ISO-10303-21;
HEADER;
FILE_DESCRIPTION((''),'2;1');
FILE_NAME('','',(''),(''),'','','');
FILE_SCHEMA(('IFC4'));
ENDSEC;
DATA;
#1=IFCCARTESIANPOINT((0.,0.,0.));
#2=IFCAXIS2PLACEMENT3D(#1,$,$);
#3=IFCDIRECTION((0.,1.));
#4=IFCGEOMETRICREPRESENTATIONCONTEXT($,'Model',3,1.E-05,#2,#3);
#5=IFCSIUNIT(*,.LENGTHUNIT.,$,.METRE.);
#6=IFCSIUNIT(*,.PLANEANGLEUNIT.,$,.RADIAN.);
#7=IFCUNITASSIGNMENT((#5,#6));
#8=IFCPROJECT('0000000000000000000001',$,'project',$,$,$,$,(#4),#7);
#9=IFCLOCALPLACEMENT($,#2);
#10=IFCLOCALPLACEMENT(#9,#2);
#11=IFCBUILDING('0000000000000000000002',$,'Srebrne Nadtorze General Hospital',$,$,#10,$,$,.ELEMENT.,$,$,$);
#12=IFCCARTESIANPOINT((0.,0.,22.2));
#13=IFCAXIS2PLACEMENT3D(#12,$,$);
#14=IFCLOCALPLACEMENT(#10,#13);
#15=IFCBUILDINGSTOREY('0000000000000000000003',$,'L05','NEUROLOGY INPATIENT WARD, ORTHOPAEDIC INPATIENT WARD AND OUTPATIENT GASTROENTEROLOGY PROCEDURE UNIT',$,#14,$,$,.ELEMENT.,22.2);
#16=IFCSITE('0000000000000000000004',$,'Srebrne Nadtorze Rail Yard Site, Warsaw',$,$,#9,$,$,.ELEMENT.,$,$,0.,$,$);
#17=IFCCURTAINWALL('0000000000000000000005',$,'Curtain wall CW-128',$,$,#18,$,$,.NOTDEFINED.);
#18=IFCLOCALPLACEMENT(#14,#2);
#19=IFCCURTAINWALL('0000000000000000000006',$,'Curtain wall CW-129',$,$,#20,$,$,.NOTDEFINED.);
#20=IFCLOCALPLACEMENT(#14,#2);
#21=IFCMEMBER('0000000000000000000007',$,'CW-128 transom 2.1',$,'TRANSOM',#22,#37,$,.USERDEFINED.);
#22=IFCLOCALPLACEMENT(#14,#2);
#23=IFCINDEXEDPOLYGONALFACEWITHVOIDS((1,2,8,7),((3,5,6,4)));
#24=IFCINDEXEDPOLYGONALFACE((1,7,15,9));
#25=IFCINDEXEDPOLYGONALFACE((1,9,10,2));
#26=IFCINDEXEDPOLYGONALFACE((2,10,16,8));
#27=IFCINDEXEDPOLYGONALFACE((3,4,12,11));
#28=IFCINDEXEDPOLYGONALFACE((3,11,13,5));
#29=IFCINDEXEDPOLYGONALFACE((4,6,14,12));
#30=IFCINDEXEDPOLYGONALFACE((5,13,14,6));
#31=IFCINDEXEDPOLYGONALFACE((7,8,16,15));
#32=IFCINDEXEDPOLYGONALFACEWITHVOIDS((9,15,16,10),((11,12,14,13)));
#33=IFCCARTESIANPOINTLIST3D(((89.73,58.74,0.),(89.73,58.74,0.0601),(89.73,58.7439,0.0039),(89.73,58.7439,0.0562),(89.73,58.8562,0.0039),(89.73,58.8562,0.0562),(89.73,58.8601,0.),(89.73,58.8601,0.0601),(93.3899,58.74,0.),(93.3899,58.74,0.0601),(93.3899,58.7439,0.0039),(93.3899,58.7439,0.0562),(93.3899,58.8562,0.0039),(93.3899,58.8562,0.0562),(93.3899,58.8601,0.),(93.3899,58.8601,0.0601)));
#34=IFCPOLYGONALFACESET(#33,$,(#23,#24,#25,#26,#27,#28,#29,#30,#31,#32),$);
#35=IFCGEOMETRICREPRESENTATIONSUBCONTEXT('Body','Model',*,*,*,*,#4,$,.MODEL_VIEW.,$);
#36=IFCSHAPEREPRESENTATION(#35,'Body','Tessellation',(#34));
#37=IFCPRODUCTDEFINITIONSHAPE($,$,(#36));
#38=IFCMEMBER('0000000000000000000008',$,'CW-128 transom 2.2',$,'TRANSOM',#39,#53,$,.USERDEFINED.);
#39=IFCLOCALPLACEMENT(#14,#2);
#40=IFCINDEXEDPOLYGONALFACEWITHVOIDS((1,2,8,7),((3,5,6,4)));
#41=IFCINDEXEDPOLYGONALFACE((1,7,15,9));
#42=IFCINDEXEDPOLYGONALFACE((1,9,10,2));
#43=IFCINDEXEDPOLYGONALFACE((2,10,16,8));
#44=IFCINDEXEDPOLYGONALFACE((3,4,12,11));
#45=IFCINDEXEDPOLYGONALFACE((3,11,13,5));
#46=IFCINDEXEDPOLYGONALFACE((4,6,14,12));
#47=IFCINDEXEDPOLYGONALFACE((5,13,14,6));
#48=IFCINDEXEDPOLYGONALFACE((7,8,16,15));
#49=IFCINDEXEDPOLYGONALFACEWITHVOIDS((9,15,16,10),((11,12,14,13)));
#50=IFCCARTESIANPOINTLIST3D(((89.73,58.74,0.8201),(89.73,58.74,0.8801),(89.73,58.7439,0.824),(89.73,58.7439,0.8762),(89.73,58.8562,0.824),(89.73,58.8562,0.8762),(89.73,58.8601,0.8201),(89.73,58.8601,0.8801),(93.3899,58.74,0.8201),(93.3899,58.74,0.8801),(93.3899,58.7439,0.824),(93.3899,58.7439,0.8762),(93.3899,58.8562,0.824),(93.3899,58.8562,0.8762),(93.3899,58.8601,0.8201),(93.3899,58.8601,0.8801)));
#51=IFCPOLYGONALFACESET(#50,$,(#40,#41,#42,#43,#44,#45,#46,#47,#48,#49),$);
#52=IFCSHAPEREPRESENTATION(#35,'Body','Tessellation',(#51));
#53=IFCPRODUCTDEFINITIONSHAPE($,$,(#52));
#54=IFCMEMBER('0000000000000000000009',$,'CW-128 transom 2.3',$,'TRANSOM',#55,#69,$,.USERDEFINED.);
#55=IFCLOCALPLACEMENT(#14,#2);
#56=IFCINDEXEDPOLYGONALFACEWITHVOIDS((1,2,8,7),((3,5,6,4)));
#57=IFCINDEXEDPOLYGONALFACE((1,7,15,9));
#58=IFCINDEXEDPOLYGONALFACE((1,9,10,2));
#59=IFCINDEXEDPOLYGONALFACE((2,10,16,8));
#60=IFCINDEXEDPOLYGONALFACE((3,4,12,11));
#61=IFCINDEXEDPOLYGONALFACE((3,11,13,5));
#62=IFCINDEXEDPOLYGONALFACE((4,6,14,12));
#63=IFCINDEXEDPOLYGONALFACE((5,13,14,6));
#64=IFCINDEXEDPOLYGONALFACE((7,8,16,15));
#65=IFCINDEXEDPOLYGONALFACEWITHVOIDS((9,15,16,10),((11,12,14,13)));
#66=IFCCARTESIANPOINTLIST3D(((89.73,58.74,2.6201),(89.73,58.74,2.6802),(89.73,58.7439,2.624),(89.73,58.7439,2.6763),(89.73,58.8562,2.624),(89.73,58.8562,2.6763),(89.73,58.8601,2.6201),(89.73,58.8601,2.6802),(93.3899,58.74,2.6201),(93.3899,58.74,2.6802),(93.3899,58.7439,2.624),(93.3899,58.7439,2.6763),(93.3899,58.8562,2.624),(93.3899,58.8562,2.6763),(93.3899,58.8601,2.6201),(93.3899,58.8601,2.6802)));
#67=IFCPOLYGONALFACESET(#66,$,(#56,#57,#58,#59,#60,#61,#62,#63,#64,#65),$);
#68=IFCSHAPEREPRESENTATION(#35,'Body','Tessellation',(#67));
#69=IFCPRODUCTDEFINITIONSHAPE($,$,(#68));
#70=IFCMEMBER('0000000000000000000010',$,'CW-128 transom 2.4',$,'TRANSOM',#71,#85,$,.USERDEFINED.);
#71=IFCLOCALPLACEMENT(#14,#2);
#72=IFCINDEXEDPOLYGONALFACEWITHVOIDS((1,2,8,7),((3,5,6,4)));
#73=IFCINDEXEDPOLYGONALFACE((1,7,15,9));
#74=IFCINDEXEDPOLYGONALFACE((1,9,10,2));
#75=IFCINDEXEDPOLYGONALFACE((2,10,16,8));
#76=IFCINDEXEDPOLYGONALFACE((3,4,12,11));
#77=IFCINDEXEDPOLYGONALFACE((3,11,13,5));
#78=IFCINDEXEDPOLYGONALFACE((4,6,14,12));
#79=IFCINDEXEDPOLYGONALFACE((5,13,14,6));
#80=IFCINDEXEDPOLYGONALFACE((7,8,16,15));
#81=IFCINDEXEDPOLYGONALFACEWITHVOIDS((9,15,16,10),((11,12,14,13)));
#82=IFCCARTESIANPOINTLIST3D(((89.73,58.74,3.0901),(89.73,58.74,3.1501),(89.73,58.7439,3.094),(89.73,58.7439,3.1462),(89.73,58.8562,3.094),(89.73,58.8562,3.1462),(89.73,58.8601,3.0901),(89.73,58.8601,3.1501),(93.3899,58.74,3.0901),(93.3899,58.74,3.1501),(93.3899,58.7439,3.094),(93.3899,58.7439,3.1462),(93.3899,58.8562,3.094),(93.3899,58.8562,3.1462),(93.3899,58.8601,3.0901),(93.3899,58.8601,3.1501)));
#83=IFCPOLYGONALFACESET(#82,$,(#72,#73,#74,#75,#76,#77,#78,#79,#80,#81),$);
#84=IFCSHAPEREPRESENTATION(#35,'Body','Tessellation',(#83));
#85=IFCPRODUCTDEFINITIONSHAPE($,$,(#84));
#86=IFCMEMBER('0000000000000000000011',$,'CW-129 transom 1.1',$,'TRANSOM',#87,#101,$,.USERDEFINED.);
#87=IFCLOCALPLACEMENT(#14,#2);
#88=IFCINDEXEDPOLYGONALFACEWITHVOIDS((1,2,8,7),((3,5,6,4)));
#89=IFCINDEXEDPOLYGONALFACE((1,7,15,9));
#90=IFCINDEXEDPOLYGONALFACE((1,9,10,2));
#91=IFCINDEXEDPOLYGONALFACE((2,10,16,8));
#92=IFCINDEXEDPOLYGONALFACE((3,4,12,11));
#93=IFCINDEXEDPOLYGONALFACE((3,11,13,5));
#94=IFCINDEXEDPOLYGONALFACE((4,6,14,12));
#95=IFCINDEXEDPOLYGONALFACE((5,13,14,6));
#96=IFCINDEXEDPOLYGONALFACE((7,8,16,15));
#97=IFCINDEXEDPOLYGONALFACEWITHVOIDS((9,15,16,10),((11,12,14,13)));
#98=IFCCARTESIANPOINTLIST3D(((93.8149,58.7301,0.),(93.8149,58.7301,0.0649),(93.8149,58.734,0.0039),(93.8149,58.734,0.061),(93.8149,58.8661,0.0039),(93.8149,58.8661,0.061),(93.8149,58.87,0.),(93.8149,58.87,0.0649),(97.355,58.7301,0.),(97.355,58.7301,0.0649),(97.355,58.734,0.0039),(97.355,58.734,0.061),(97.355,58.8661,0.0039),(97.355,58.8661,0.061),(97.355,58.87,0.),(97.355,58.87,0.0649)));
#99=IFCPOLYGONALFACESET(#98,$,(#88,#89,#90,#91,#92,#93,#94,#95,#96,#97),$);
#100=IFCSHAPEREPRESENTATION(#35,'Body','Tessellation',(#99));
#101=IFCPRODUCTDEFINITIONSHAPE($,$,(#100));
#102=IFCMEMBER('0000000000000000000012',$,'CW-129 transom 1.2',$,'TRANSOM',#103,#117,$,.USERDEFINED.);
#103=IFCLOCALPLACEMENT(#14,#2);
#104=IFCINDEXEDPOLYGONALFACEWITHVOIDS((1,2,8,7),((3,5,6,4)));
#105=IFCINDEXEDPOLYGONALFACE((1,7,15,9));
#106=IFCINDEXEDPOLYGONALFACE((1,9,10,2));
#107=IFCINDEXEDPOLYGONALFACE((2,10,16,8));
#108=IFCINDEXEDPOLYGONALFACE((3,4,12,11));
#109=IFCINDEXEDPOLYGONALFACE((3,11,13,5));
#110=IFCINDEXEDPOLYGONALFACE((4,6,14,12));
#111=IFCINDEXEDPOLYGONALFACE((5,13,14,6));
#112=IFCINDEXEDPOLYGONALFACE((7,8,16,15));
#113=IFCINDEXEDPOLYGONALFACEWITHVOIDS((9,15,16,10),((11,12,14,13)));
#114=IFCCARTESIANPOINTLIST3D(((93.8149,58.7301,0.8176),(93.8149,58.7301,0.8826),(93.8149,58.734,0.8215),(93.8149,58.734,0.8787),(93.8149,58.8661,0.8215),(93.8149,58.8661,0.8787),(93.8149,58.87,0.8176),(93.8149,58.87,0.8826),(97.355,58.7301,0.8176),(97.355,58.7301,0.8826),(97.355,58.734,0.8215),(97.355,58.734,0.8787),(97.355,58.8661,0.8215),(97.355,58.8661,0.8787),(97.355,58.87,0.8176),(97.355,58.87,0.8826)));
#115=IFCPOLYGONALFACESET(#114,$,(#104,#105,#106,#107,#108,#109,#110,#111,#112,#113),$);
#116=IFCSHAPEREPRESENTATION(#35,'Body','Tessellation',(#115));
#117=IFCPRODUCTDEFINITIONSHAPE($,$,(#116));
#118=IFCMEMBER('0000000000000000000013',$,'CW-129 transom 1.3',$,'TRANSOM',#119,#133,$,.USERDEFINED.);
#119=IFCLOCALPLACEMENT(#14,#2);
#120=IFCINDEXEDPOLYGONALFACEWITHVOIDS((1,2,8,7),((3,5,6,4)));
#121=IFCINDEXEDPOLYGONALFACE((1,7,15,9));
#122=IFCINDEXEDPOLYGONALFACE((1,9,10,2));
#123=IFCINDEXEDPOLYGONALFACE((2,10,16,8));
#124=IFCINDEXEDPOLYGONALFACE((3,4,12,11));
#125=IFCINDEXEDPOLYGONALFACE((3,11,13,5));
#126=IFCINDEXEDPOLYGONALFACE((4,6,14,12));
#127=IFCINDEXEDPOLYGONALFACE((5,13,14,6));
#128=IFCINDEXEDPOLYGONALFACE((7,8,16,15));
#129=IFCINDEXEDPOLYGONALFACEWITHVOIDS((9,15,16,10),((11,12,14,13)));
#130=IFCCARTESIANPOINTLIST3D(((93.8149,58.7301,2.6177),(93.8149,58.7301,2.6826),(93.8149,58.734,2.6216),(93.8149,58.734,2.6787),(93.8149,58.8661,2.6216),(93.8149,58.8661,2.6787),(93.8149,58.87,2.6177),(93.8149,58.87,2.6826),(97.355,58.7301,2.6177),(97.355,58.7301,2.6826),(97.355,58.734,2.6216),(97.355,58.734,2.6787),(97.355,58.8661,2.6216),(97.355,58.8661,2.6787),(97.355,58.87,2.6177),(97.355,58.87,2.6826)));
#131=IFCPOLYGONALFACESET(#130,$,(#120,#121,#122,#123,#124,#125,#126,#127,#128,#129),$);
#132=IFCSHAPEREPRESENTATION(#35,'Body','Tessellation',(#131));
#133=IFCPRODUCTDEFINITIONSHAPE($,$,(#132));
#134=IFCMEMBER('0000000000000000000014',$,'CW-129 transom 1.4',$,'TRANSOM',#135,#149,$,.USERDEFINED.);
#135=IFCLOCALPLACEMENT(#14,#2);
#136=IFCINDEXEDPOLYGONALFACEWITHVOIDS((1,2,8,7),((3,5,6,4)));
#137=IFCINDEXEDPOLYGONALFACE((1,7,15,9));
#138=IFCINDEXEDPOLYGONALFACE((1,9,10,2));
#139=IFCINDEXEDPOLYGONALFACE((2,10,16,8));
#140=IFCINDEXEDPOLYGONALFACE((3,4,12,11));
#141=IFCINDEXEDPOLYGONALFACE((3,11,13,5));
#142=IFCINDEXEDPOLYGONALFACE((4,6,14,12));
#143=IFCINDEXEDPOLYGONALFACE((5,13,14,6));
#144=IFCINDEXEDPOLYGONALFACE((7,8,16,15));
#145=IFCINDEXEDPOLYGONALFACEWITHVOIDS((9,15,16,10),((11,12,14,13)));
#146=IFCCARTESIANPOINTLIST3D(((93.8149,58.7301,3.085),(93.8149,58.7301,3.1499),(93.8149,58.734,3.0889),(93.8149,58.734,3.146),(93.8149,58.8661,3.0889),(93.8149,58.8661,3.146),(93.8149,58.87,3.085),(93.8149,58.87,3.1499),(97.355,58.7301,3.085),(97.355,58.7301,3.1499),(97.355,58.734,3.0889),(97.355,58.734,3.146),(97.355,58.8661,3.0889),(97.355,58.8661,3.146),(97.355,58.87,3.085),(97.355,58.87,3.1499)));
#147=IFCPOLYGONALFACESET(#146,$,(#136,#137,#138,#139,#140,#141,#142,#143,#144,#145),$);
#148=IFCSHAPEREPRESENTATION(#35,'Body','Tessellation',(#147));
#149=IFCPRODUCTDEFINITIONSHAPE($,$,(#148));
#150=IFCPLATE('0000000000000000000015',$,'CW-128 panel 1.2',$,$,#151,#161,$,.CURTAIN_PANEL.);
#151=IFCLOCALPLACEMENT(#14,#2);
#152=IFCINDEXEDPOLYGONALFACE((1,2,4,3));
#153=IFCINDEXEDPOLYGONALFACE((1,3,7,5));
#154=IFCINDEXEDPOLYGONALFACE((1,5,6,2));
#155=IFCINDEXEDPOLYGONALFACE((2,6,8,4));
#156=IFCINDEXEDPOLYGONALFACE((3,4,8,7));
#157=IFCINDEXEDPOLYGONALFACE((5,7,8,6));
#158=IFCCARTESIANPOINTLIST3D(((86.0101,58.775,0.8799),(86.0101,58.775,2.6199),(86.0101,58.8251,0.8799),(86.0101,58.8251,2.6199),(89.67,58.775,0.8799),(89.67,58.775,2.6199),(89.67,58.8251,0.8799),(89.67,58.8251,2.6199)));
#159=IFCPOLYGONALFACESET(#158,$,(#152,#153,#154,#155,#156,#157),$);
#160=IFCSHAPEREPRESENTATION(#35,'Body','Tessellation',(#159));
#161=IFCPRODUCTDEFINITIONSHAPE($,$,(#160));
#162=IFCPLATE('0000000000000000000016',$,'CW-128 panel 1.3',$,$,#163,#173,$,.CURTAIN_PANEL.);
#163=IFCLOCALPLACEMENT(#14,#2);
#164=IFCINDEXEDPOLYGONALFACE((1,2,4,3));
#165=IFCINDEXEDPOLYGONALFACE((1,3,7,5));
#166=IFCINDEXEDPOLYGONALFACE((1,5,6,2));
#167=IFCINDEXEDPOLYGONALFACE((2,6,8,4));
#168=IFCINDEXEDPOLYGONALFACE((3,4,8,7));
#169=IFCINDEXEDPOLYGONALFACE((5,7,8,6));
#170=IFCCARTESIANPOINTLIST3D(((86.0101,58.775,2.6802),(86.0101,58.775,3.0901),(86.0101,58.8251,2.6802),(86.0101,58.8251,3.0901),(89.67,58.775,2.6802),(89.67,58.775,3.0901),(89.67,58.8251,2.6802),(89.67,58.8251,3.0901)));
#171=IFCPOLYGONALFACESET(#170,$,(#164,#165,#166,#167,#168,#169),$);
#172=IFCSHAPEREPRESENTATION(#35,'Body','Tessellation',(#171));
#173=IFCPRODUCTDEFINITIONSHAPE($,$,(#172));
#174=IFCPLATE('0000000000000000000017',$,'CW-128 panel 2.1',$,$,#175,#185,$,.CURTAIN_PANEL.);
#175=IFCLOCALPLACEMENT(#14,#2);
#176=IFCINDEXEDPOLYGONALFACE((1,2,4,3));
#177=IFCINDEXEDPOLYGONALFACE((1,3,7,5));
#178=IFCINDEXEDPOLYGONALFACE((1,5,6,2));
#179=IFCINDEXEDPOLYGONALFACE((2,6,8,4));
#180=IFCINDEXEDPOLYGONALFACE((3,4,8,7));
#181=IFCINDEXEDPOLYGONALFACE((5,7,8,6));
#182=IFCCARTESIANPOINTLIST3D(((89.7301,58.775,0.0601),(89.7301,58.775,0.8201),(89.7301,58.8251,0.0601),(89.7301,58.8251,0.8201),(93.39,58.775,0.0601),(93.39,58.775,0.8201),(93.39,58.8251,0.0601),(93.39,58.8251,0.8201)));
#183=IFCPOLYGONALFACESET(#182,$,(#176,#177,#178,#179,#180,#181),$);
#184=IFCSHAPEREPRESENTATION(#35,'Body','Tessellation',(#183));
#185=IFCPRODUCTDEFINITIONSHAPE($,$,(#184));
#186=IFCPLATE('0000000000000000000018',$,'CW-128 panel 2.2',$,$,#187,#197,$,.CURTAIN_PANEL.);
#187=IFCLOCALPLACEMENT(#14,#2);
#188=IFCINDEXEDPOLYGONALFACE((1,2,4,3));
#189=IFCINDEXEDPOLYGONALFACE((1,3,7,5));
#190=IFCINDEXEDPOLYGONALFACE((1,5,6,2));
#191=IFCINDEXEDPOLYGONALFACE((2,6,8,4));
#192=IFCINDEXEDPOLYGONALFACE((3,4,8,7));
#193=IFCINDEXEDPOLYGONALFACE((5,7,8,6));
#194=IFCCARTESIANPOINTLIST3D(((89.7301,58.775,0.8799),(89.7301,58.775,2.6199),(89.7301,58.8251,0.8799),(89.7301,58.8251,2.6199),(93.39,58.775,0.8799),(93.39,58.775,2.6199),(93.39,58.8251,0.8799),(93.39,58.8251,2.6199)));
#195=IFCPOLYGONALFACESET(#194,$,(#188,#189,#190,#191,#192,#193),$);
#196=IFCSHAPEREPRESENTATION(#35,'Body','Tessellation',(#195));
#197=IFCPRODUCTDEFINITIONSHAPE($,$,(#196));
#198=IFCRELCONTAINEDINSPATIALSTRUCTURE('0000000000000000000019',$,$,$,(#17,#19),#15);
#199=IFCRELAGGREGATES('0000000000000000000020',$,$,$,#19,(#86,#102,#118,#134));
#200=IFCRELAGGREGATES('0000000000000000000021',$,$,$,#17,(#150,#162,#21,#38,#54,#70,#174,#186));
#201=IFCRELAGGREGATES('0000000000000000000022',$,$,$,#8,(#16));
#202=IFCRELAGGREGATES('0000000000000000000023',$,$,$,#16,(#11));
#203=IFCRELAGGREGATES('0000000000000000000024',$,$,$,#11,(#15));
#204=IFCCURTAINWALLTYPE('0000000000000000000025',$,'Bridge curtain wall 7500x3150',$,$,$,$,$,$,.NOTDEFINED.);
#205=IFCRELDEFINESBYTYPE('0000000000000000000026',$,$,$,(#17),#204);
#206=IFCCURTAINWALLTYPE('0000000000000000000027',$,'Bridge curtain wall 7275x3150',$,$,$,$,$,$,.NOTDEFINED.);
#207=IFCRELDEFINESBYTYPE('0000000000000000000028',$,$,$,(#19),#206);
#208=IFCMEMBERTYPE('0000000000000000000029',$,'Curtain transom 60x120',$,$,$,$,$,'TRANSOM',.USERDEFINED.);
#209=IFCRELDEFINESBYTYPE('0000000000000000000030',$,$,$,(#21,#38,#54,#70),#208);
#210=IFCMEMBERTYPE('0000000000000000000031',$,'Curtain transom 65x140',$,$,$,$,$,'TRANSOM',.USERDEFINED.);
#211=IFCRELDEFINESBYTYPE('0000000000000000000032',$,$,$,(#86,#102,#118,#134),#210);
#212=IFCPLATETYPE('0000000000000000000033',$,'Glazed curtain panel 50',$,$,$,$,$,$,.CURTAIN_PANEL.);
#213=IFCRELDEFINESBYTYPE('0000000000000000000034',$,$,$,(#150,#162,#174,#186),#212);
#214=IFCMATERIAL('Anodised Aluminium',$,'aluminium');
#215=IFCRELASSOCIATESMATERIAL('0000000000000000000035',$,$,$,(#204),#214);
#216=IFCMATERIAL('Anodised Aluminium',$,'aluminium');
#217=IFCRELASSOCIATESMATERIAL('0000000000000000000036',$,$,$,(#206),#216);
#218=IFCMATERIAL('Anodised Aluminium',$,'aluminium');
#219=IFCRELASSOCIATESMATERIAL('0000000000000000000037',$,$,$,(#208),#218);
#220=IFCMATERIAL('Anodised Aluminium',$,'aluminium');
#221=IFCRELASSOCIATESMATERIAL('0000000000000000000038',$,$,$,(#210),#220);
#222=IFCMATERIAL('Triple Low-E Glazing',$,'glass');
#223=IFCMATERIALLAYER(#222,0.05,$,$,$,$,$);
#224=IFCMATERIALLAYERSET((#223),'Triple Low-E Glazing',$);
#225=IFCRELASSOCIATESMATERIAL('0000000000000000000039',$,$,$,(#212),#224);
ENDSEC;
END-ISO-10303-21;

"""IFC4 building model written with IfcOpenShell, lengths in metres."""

from ifc_helpers import new_model, si_unit, direction, frame, origin, origin_2d, place, context, subcontext, project, spatial, rectangle, hollow_rectangle, extrude, material, layer, layer_set, material_profile, profile_set, type_object, element, aggregate, save


model = new_model("IFC4")

# Units and contexts
model_context = context("Model", 3, precision=1e-05, world=origin(), true_north=direction((0.0, 1.0)))
body_context = subcontext(model_context, "Body", "Model", "MODEL_VIEW")
ifc_project = project(units=[si_unit("LENGTHUNIT", "METRE"), si_unit("PLANEANGLEUNIT", "RADIAN")], contexts=[model_context])

# Site, building, storey
site_placement = place(None, origin())
site = spatial("IfcSite", under=ifc_project, at=site_placement, Name="Srebrne Nadtorze Rail Yard Site, Warsaw", CompositionType="ELEMENT", RefElevation=0.0)
building_placement = place(site_placement, origin())
building = spatial("IfcBuilding", under=site, at=building_placement, Name="Srebrne Nadtorze General Hospital", CompositionType="ELEMENT")
storey_placement = place(building_placement, frame((0.0, 0.0, 22.2)))
storey = spatial("IfcBuildingStorey", under=building, at=storey_placement, Name="L05", Description="NEUROLOGY INPATIENT WARD, ORTHOPAEDIC INPATIENT WARD AND OUTPATIENT GASTROENTEROLOGY PROCEDURE UNIT", CompositionType="ELEMENT", Elevation=22.2)

# Curtain wall
ifc_material_1 = material(Name="Anodised Aluminium", Category="aluminium")
curtain_wall_type_1 = type_object("IfcCurtainWallType", Name="Bridge curtain wall 7500x3150", PredefinedType="NOTDEFINED", material=ifc_material_1)
curtain_wall_1_placement = place(storey_placement, origin())
curtain_wall_1 = element("IfcCurtainWall", 1, at=curtain_wall_1_placement, inside=storey, type_object=curtain_wall_type_1, Name="Curtain wall CW-128", PredefinedType="NOTDEFINED")

# Curtain wall
ifc_material_2 = material(Name="Anodised Aluminium", Category="aluminium")
curtain_wall_type_2 = type_object("IfcCurtainWallType", Name="Bridge curtain wall 7275x3150", PredefinedType="NOTDEFINED", material=ifc_material_2)
curtain_wall_2_placement = place(storey_placement, origin())
curtain_wall_2 = element("IfcCurtainWall", 2, at=curtain_wall_2_placement, inside=storey, type_object=curtain_wall_type_2, Name="Curtain wall CW-129", PredefinedType="NOTDEFINED")

# Members
ifc_material_3 = material(Name="Anodised Aluminium", Category="aluminium")
ifc_material_profile_1 = material_profile(ifc_material_3, hollow_rectangle(XDim=0.0601, YDim=0.1201, WallThickness=0.0039, at=origin_2d()), Name="AL-TRN-60x120")
ifc_profile_set_1 = profile_set([ifc_material_profile_1], Name="Anodised Aluminium")
member_type_1 = type_object("IfcMemberType", Name="Curtain transom 60x120", ElementType="TRANSOM", PredefinedType="USERDEFINED", material=ifc_profile_set_1)
member_1_placement = place(storey_placement, frame((89.73, 58.8, 0.03), z_axis=(1.0, 0.0, 0.0), x_axis=(0.0, 0.0, 1.0)))
member_1 = element("IfcMember", 3, at=member_1_placement, type_object=member_type_1, Name="CW-128 transom 2.1", ObjectType="TRANSOM", PredefinedType="USERDEFINED", context=body_context, shape_type="SweptSolid", body=[
    extrude(hollow_rectangle(XDim=0.0601, YDim=0.1201, WallThickness=0.0039, at=origin_2d()), origin(), (0.0, 0.0, 1.0), 3.6599),
])
member_2_placement = place(storey_placement, frame((89.73, 58.8, 0.8501), z_axis=(1.0, 0.0, 0.0), x_axis=(0.0, 0.0, 1.0)))
member_2 = element("IfcMember", 4, at=member_2_placement, type_object=member_type_1, Name="CW-128 transom 2.2", ObjectType="TRANSOM", PredefinedType="USERDEFINED", context=body_context, shape_type="SweptSolid", body=[
    extrude(hollow_rectangle(XDim=0.0601, YDim=0.1201, WallThickness=0.0039, at=origin_2d()), origin(), (0.0, 0.0, 1.0), 3.6599),
])
member_3_placement = place(storey_placement, frame((89.73, 58.8, 2.6501), z_axis=(1.0, 0.0, 0.0), x_axis=(0.0, 0.0, 1.0)))
member_3 = element("IfcMember", 5, at=member_3_placement, type_object=member_type_1, Name="CW-128 transom 2.3", ObjectType="TRANSOM", PredefinedType="USERDEFINED", context=body_context, shape_type="SweptSolid", body=[
    extrude(hollow_rectangle(XDim=0.0601, YDim=0.1201, WallThickness=0.0039, at=origin_2d()), origin(), (0.0, 0.0, 1.0), 3.6599),
])
member_4_placement = place(storey_placement, frame((89.73, 58.8, 3.1201), z_axis=(1.0, 0.0, 0.0), x_axis=(0.0, 0.0, 1.0)))
member_4 = element("IfcMember", 6, at=member_4_placement, type_object=member_type_1, Name="CW-128 transom 2.4", ObjectType="TRANSOM", PredefinedType="USERDEFINED", context=body_context, shape_type="SweptSolid", body=[
    extrude(hollow_rectangle(XDim=0.0601, YDim=0.1201, WallThickness=0.0039, at=origin_2d()), origin(), (0.0, 0.0, 1.0), 3.6599),
])
ifc_material_4 = material(Name="Anodised Aluminium", Category="aluminium")
ifc_material_profile_2 = material_profile(ifc_material_4, hollow_rectangle(XDim=0.0649, YDim=0.1399, WallThickness=0.0039, at=origin_2d()), Name="AL-TRN-65x140")
ifc_profile_set_2 = profile_set([ifc_material_profile_2], Name="Anodised Aluminium")
member_type_2 = type_object("IfcMemberType", Name="Curtain transom 65x140", ElementType="TRANSOM", PredefinedType="USERDEFINED", material=ifc_profile_set_2)
member_5_placement = place(storey_placement, frame((93.8149, 58.8, 0.0325), z_axis=(1.0, 0.0, 0.0), x_axis=(0.0, 0.0, 1.0)))
member_5 = element("IfcMember", 7, at=member_5_placement, type_object=member_type_2, Name="CW-129 transom 1.1", ObjectType="TRANSOM", PredefinedType="USERDEFINED", context=body_context, shape_type="SweptSolid", body=[
    extrude(hollow_rectangle(XDim=0.0649, YDim=0.1399, WallThickness=0.0039, at=origin_2d()), origin(), (0.0, 0.0, 1.0), 3.54),
])
member_6_placement = place(storey_placement, frame((93.8149, 58.8, 0.8501), z_axis=(1.0, 0.0, 0.0), x_axis=(0.0, 0.0, 1.0)))
member_6 = element("IfcMember", 8, at=member_6_placement, type_object=member_type_2, Name="CW-129 transom 1.2", ObjectType="TRANSOM", PredefinedType="USERDEFINED", context=body_context, shape_type="SweptSolid", body=[
    extrude(hollow_rectangle(XDim=0.0649, YDim=0.1399, WallThickness=0.0039, at=origin_2d()), origin(), (0.0, 0.0, 1.0), 3.54),
])
member_7_placement = place(storey_placement, frame((93.8149, 58.8, 2.6501), z_axis=(1.0, 0.0, 0.0), x_axis=(0.0, 0.0, 1.0)))
member_7 = element("IfcMember", 9, at=member_7_placement, type_object=member_type_2, Name="CW-129 transom 1.3", ObjectType="TRANSOM", PredefinedType="USERDEFINED", context=body_context, shape_type="SweptSolid", body=[
    extrude(hollow_rectangle(XDim=0.0649, YDim=0.1399, WallThickness=0.0039, at=origin_2d()), origin(), (0.0, 0.0, 1.0), 3.54),
])
member_8_placement = place(storey_placement, frame((93.8149, 58.8, 3.1174), z_axis=(1.0, 0.0, 0.0), x_axis=(0.0, 0.0, 1.0)))
member_8 = element("IfcMember", 10, at=member_8_placement, type_object=member_type_2, Name="CW-129 transom 1.4", ObjectType="TRANSOM", PredefinedType="USERDEFINED", context=body_context, shape_type="SweptSolid", body=[
    extrude(hollow_rectangle(XDim=0.0649, YDim=0.1399, WallThickness=0.0039, at=origin_2d()), origin(), (0.0, 0.0, 1.0), 3.54),
])
aggregate(curtain_wall_2, [member_5, member_6, member_7, member_8])

# Plates
ifc_material_5 = material(Name="Triple Low-E Glazing", Category="glass")
ifc_layer = layer(ifc_material_5, 0.05)
ifc_layer_set = layer_set([ifc_layer], Name="Triple Low-E Glazing")
plate_type = type_object("IfcPlateType", Name="Glazed curtain panel 50", PredefinedType="CURTAIN_PANEL", material=ifc_layer_set)
plate_1_placement = place(storey_placement, frame((87.8401, 58.8, 0.8799), z_axis=(0.0, 0.0, 1.0), x_axis=(1.0, 0.0, 0.0)))
plate_1 = element("IfcPlate", 11, at=plate_1_placement, type_object=plate_type, Name="CW-128 panel 1.2", PredefinedType="CURTAIN_PANEL", context=body_context, shape_type="SweptSolid", body=[
    extrude(rectangle(XDim=3.6599, YDim=0.05, at=origin_2d()), origin(), (0.0, 0.0, 1.0), 1.74),
])
plate_2_placement = place(storey_placement, frame((87.8401, 58.8, 2.6802), z_axis=(0.0, 0.0, 1.0), x_axis=(1.0, 0.0, 0.0)))
plate_2 = element("IfcPlate", 12, at=plate_2_placement, type_object=plate_type, Name="CW-128 panel 1.3", PredefinedType="CURTAIN_PANEL", context=body_context, shape_type="SweptSolid", body=[
    extrude(rectangle(XDim=3.6599, YDim=0.05, at=origin_2d()), origin(), (0.0, 0.0, 1.0), 0.4099),
])
plate_3_placement = place(storey_placement, frame((91.5601, 58.8, 0.0601), z_axis=(0.0, 0.0, 1.0), x_axis=(1.0, 0.0, 0.0)))
plate_3 = element("IfcPlate", 13, at=plate_3_placement, type_object=plate_type, Name="CW-128 panel 2.1", PredefinedType="CURTAIN_PANEL", context=body_context, shape_type="SweptSolid", body=[
    extrude(rectangle(XDim=3.6599, YDim=0.05, at=origin_2d()), origin(), (0.0, 0.0, 1.0), 0.76),
])
plate_4_placement = place(storey_placement, frame((91.5601, 58.8, 0.8799), z_axis=(0.0, 0.0, 1.0), x_axis=(1.0, 0.0, 0.0)))
plate_4 = element("IfcPlate", 14, at=plate_4_placement, type_object=plate_type, Name="CW-128 panel 2.2", PredefinedType="CURTAIN_PANEL", context=body_context, shape_type="SweptSolid", body=[
    extrude(rectangle(XDim=3.6599, YDim=0.05, at=origin_2d()), origin(), (0.0, 0.0, 1.0), 1.74),
])
aggregate(curtain_wall_1, [plate_1, plate_2, member_1, member_2, member_3, member_4, plate_3, plate_4])

save(model, "model.ifc")
